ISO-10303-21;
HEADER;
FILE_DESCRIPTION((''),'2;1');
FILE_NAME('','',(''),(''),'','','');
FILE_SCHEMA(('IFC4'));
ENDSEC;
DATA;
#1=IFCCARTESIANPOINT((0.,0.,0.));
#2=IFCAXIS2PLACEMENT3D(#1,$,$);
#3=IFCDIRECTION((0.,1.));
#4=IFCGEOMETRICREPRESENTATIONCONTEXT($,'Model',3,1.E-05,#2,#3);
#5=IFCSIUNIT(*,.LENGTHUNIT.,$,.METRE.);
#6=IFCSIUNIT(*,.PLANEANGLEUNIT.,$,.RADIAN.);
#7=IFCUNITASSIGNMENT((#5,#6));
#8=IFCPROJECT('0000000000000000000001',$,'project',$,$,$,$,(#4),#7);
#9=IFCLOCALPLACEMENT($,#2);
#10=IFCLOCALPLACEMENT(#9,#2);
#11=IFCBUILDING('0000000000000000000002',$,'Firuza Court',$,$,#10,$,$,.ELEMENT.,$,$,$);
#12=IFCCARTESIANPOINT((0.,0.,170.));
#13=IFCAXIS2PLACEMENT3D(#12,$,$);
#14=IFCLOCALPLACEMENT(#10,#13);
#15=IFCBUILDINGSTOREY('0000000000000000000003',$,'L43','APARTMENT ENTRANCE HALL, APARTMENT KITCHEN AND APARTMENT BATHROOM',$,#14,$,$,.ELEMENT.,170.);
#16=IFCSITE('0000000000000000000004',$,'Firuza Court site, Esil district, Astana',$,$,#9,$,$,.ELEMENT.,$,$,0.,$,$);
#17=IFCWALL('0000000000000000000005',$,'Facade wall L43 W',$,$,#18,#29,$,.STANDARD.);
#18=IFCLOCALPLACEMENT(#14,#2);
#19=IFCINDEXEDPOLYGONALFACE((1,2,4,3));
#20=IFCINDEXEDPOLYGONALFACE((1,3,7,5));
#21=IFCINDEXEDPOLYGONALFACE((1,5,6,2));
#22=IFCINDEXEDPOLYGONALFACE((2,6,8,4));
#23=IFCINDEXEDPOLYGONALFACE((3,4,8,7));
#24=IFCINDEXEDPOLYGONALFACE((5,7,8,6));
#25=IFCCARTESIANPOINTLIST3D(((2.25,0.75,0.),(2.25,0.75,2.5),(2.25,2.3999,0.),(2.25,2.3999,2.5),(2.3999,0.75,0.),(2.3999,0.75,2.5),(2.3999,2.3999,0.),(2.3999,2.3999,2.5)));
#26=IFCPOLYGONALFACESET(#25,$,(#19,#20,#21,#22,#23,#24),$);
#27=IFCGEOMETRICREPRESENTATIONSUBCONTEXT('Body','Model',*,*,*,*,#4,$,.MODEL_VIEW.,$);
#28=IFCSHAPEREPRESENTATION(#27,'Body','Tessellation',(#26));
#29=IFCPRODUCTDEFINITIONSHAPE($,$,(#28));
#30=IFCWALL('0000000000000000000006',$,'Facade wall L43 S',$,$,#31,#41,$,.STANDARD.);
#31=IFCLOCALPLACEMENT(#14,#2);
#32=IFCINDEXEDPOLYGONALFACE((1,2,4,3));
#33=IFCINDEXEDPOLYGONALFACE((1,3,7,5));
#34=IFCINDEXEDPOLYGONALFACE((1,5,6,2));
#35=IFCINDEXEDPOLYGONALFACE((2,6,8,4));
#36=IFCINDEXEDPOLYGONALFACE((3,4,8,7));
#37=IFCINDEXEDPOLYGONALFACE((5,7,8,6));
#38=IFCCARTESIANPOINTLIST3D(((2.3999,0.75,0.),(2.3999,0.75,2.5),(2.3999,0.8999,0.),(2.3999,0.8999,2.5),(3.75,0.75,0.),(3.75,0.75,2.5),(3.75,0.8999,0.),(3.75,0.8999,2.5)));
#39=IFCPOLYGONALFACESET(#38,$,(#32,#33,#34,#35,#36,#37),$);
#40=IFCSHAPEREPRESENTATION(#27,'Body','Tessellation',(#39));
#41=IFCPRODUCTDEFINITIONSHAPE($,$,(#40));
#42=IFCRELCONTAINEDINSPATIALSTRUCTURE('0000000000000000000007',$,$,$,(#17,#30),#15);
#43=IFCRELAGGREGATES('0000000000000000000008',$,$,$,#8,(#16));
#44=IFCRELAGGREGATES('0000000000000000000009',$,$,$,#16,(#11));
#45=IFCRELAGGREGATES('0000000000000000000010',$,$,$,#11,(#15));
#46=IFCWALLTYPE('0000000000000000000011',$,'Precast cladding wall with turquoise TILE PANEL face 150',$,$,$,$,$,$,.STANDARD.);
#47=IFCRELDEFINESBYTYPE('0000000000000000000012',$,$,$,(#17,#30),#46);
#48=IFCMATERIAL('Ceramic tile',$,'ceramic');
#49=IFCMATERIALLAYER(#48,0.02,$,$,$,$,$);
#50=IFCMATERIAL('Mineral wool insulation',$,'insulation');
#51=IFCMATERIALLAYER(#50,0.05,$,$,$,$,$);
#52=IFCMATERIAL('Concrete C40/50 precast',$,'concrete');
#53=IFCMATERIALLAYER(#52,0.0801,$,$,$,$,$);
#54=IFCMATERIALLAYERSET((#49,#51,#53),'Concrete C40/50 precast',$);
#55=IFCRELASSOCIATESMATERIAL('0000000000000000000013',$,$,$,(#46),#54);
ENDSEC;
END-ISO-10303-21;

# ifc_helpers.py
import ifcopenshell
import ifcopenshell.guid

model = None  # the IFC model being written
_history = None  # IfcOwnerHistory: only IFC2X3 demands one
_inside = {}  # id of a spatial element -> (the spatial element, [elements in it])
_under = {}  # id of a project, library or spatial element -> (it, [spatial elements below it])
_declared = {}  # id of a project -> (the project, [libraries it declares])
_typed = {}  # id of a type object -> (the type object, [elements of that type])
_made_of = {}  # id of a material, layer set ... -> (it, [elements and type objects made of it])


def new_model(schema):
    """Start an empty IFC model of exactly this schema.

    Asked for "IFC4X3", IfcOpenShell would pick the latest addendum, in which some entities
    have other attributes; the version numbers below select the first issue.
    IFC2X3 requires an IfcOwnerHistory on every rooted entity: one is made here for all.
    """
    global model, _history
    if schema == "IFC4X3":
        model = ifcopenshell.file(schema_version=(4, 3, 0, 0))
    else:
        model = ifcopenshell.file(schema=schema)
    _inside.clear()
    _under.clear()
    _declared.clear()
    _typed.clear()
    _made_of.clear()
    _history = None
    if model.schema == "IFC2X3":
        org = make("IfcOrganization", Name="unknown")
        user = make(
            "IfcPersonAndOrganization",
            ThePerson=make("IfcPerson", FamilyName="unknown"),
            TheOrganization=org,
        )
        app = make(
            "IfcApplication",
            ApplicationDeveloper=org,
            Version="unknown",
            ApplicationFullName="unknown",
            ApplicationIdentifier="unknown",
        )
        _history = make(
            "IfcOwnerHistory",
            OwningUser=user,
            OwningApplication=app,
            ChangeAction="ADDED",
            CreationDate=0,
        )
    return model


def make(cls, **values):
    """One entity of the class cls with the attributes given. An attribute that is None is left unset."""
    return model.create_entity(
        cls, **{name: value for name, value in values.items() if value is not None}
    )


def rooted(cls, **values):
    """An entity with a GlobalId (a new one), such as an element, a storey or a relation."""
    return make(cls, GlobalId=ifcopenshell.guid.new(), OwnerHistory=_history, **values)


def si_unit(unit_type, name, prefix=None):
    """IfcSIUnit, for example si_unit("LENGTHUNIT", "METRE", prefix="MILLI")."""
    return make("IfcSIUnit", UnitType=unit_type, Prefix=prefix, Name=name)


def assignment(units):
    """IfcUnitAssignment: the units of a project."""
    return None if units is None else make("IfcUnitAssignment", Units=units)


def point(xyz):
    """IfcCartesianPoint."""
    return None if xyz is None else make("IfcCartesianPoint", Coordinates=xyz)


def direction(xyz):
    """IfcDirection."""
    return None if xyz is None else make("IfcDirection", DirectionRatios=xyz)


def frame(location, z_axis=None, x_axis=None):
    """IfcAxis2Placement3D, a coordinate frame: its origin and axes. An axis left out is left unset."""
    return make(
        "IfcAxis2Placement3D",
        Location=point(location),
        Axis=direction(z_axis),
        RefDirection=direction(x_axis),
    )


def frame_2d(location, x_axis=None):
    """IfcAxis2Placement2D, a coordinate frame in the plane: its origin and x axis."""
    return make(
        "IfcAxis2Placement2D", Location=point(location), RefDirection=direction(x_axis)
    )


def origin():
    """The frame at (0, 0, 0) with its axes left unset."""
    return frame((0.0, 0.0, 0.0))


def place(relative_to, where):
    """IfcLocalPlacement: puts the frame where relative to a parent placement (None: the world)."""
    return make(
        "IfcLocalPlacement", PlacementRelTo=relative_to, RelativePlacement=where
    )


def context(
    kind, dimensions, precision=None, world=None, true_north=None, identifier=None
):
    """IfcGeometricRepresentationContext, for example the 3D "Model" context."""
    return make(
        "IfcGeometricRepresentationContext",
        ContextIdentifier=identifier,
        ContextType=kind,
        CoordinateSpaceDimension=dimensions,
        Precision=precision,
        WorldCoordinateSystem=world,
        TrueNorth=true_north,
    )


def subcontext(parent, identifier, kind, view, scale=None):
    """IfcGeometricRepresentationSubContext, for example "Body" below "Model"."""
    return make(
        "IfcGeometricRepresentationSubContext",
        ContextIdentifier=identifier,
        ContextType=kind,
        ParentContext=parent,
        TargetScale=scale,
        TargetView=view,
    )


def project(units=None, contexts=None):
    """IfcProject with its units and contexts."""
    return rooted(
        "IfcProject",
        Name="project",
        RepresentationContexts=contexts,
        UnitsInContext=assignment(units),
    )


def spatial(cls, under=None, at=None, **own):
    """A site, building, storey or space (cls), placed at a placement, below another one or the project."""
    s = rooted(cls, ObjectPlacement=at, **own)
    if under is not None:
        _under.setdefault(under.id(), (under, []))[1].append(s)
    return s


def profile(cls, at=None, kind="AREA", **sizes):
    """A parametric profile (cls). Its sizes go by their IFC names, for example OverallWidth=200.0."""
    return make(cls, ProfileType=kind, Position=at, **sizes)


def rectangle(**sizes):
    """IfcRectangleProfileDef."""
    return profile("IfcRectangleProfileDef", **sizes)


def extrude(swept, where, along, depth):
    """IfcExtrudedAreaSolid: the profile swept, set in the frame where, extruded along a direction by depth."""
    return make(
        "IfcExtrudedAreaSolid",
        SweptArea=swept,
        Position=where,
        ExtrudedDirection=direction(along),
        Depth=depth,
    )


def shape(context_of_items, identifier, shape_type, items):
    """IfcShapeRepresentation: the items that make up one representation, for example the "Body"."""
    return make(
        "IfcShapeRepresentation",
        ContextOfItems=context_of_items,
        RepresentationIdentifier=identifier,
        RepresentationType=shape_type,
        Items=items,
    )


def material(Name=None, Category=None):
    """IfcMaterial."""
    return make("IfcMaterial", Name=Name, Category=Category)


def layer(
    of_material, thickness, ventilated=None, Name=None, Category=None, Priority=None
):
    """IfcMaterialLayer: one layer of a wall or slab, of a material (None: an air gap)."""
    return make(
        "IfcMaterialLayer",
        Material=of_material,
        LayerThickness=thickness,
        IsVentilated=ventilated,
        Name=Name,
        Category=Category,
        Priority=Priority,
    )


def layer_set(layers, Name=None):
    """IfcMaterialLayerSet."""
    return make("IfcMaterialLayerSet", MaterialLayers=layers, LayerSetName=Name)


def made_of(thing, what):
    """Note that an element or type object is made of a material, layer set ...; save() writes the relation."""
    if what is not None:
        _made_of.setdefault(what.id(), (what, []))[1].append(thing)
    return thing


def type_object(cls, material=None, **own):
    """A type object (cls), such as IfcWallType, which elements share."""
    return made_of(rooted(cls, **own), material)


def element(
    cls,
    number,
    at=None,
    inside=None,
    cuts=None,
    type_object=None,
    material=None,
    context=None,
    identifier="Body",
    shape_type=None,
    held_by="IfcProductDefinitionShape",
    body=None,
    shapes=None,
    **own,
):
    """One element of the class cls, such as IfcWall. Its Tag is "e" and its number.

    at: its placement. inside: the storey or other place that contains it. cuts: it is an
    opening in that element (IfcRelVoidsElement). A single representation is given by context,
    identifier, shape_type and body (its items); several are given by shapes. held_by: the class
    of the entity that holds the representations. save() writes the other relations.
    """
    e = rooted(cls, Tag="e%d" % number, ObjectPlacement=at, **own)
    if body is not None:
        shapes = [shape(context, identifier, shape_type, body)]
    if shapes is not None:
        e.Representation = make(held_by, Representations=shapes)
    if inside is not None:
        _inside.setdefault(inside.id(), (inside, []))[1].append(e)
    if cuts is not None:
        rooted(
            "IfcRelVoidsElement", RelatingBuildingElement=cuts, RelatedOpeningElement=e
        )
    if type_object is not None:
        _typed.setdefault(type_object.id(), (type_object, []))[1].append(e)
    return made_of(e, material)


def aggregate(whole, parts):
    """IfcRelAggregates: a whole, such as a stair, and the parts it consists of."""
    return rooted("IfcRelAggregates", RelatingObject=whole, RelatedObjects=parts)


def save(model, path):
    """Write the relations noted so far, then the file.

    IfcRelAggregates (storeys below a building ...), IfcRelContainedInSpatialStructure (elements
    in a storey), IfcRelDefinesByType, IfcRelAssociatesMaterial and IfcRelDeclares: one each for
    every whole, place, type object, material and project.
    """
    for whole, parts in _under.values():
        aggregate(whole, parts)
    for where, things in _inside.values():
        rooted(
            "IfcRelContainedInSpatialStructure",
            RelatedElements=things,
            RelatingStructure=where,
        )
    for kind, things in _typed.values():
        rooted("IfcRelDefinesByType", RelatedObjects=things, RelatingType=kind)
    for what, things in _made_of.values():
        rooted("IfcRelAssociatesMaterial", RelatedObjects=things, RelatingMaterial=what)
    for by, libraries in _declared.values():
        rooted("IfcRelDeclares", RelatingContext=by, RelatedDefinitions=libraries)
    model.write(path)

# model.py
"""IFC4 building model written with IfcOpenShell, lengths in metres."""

from ifc_helpers import new_model, si_unit, direction, frame, frame_2d, origin, place, context, subcontext, project, spatial, rectangle, extrude, material, layer, layer_set, type_object, element, save


model = new_model("IFC4")

# Units and contexts
model_context = context("Model", 3, precision=1e-05, world=origin(), true_north=direction((0.0, 1.0)))
body_context = subcontext(model_context, "Body", "Model", "MODEL_VIEW")
ifc_project = project(units=[si_unit("LENGTHUNIT", "METRE"), si_unit("PLANEANGLEUNIT", "RADIAN")], contexts=[model_context])

# Site, building, storey
site_placement = place(None, origin())
site = spatial("IfcSite", under=ifc_project, at=site_placement, Name="Firuza Court site, Esil district, Astana", CompositionType="ELEMENT", RefElevation=0.0)
building_placement = place(site_placement, origin())
building = spatial("IfcBuilding", under=site, at=building_placement, Name="Firuza Court", CompositionType="ELEMENT")
storey_placement = place(building_placement, frame((0.0, 0.0, 170.0)))
storey = spatial("IfcBuildingStorey", under=building, at=storey_placement, Name="L43", Description="APARTMENT ENTRANCE HALL, APARTMENT KITCHEN AND APARTMENT BATHROOM", CompositionType="ELEMENT", Elevation=170.0)

# Shared definitions
ifc_material_1 = material(Name="Concrete C40/50 precast", Category="concrete")

# Walls
ifc_material_2 = material(Name="Ceramic tile", Category="ceramic")
ifc_layer_1 = layer(ifc_material_2, 0.02)
ifc_material_3 = material(Name="Mineral wool insulation", Category="insulation")
ifc_layer_2 = layer(ifc_material_3, 0.05)
ifc_layer_3 = layer(ifc_material_1, 0.0801)
ifc_layer_set_1 = layer_set([ifc_layer_1, ifc_layer_2, ifc_layer_3], Name="Concrete C40/50 precast")
wall_type_1 = type_object("IfcWallType", Name="Precast cladding wall with turquoise TILE PANEL face 150", PredefinedType="STANDARD", material=ifc_layer_set_1)
wall_1_placement = place(storey_placement, frame((2.325, 2.3999, 0.0), z_axis=(0.0, 0.0, 1.0), x_axis=(0.0, -1.0, 0.0)))
element("IfcWall", 1, at=wall_1_placement, inside=storey, type_object=wall_type_1, Name="Facade wall L43 W", PredefinedType="STANDARD", context=body_context, shape_type="SweptSolid", body=[
    extrude(rectangle(XDim=1.6499, YDim=0.1499, at=frame_2d((0.825, 0.0))), origin(), (0.0, 0.0, 1.0), 2.5),
])
wall_2_placement = place(storey_placement, frame((2.3999, 0.825, 0.0), z_axis=(0.0, 0.0, 1.0), x_axis=(1.0, 0.0, 0.0)))
element("IfcWall", 2, at=wall_2_placement, inside=storey, type_object=wall_type_1, Name="Facade wall L43 S", PredefinedType="STANDARD", context=body_context, shape_type="SweptSolid", body=[
    extrude(rectangle(XDim=1.3501, YDim=0.1499, at=frame_2d((0.675, 0.0))), origin(), (0.0, 0.0, 1.0), 2.5),
])

save(model, "model.ifc")
